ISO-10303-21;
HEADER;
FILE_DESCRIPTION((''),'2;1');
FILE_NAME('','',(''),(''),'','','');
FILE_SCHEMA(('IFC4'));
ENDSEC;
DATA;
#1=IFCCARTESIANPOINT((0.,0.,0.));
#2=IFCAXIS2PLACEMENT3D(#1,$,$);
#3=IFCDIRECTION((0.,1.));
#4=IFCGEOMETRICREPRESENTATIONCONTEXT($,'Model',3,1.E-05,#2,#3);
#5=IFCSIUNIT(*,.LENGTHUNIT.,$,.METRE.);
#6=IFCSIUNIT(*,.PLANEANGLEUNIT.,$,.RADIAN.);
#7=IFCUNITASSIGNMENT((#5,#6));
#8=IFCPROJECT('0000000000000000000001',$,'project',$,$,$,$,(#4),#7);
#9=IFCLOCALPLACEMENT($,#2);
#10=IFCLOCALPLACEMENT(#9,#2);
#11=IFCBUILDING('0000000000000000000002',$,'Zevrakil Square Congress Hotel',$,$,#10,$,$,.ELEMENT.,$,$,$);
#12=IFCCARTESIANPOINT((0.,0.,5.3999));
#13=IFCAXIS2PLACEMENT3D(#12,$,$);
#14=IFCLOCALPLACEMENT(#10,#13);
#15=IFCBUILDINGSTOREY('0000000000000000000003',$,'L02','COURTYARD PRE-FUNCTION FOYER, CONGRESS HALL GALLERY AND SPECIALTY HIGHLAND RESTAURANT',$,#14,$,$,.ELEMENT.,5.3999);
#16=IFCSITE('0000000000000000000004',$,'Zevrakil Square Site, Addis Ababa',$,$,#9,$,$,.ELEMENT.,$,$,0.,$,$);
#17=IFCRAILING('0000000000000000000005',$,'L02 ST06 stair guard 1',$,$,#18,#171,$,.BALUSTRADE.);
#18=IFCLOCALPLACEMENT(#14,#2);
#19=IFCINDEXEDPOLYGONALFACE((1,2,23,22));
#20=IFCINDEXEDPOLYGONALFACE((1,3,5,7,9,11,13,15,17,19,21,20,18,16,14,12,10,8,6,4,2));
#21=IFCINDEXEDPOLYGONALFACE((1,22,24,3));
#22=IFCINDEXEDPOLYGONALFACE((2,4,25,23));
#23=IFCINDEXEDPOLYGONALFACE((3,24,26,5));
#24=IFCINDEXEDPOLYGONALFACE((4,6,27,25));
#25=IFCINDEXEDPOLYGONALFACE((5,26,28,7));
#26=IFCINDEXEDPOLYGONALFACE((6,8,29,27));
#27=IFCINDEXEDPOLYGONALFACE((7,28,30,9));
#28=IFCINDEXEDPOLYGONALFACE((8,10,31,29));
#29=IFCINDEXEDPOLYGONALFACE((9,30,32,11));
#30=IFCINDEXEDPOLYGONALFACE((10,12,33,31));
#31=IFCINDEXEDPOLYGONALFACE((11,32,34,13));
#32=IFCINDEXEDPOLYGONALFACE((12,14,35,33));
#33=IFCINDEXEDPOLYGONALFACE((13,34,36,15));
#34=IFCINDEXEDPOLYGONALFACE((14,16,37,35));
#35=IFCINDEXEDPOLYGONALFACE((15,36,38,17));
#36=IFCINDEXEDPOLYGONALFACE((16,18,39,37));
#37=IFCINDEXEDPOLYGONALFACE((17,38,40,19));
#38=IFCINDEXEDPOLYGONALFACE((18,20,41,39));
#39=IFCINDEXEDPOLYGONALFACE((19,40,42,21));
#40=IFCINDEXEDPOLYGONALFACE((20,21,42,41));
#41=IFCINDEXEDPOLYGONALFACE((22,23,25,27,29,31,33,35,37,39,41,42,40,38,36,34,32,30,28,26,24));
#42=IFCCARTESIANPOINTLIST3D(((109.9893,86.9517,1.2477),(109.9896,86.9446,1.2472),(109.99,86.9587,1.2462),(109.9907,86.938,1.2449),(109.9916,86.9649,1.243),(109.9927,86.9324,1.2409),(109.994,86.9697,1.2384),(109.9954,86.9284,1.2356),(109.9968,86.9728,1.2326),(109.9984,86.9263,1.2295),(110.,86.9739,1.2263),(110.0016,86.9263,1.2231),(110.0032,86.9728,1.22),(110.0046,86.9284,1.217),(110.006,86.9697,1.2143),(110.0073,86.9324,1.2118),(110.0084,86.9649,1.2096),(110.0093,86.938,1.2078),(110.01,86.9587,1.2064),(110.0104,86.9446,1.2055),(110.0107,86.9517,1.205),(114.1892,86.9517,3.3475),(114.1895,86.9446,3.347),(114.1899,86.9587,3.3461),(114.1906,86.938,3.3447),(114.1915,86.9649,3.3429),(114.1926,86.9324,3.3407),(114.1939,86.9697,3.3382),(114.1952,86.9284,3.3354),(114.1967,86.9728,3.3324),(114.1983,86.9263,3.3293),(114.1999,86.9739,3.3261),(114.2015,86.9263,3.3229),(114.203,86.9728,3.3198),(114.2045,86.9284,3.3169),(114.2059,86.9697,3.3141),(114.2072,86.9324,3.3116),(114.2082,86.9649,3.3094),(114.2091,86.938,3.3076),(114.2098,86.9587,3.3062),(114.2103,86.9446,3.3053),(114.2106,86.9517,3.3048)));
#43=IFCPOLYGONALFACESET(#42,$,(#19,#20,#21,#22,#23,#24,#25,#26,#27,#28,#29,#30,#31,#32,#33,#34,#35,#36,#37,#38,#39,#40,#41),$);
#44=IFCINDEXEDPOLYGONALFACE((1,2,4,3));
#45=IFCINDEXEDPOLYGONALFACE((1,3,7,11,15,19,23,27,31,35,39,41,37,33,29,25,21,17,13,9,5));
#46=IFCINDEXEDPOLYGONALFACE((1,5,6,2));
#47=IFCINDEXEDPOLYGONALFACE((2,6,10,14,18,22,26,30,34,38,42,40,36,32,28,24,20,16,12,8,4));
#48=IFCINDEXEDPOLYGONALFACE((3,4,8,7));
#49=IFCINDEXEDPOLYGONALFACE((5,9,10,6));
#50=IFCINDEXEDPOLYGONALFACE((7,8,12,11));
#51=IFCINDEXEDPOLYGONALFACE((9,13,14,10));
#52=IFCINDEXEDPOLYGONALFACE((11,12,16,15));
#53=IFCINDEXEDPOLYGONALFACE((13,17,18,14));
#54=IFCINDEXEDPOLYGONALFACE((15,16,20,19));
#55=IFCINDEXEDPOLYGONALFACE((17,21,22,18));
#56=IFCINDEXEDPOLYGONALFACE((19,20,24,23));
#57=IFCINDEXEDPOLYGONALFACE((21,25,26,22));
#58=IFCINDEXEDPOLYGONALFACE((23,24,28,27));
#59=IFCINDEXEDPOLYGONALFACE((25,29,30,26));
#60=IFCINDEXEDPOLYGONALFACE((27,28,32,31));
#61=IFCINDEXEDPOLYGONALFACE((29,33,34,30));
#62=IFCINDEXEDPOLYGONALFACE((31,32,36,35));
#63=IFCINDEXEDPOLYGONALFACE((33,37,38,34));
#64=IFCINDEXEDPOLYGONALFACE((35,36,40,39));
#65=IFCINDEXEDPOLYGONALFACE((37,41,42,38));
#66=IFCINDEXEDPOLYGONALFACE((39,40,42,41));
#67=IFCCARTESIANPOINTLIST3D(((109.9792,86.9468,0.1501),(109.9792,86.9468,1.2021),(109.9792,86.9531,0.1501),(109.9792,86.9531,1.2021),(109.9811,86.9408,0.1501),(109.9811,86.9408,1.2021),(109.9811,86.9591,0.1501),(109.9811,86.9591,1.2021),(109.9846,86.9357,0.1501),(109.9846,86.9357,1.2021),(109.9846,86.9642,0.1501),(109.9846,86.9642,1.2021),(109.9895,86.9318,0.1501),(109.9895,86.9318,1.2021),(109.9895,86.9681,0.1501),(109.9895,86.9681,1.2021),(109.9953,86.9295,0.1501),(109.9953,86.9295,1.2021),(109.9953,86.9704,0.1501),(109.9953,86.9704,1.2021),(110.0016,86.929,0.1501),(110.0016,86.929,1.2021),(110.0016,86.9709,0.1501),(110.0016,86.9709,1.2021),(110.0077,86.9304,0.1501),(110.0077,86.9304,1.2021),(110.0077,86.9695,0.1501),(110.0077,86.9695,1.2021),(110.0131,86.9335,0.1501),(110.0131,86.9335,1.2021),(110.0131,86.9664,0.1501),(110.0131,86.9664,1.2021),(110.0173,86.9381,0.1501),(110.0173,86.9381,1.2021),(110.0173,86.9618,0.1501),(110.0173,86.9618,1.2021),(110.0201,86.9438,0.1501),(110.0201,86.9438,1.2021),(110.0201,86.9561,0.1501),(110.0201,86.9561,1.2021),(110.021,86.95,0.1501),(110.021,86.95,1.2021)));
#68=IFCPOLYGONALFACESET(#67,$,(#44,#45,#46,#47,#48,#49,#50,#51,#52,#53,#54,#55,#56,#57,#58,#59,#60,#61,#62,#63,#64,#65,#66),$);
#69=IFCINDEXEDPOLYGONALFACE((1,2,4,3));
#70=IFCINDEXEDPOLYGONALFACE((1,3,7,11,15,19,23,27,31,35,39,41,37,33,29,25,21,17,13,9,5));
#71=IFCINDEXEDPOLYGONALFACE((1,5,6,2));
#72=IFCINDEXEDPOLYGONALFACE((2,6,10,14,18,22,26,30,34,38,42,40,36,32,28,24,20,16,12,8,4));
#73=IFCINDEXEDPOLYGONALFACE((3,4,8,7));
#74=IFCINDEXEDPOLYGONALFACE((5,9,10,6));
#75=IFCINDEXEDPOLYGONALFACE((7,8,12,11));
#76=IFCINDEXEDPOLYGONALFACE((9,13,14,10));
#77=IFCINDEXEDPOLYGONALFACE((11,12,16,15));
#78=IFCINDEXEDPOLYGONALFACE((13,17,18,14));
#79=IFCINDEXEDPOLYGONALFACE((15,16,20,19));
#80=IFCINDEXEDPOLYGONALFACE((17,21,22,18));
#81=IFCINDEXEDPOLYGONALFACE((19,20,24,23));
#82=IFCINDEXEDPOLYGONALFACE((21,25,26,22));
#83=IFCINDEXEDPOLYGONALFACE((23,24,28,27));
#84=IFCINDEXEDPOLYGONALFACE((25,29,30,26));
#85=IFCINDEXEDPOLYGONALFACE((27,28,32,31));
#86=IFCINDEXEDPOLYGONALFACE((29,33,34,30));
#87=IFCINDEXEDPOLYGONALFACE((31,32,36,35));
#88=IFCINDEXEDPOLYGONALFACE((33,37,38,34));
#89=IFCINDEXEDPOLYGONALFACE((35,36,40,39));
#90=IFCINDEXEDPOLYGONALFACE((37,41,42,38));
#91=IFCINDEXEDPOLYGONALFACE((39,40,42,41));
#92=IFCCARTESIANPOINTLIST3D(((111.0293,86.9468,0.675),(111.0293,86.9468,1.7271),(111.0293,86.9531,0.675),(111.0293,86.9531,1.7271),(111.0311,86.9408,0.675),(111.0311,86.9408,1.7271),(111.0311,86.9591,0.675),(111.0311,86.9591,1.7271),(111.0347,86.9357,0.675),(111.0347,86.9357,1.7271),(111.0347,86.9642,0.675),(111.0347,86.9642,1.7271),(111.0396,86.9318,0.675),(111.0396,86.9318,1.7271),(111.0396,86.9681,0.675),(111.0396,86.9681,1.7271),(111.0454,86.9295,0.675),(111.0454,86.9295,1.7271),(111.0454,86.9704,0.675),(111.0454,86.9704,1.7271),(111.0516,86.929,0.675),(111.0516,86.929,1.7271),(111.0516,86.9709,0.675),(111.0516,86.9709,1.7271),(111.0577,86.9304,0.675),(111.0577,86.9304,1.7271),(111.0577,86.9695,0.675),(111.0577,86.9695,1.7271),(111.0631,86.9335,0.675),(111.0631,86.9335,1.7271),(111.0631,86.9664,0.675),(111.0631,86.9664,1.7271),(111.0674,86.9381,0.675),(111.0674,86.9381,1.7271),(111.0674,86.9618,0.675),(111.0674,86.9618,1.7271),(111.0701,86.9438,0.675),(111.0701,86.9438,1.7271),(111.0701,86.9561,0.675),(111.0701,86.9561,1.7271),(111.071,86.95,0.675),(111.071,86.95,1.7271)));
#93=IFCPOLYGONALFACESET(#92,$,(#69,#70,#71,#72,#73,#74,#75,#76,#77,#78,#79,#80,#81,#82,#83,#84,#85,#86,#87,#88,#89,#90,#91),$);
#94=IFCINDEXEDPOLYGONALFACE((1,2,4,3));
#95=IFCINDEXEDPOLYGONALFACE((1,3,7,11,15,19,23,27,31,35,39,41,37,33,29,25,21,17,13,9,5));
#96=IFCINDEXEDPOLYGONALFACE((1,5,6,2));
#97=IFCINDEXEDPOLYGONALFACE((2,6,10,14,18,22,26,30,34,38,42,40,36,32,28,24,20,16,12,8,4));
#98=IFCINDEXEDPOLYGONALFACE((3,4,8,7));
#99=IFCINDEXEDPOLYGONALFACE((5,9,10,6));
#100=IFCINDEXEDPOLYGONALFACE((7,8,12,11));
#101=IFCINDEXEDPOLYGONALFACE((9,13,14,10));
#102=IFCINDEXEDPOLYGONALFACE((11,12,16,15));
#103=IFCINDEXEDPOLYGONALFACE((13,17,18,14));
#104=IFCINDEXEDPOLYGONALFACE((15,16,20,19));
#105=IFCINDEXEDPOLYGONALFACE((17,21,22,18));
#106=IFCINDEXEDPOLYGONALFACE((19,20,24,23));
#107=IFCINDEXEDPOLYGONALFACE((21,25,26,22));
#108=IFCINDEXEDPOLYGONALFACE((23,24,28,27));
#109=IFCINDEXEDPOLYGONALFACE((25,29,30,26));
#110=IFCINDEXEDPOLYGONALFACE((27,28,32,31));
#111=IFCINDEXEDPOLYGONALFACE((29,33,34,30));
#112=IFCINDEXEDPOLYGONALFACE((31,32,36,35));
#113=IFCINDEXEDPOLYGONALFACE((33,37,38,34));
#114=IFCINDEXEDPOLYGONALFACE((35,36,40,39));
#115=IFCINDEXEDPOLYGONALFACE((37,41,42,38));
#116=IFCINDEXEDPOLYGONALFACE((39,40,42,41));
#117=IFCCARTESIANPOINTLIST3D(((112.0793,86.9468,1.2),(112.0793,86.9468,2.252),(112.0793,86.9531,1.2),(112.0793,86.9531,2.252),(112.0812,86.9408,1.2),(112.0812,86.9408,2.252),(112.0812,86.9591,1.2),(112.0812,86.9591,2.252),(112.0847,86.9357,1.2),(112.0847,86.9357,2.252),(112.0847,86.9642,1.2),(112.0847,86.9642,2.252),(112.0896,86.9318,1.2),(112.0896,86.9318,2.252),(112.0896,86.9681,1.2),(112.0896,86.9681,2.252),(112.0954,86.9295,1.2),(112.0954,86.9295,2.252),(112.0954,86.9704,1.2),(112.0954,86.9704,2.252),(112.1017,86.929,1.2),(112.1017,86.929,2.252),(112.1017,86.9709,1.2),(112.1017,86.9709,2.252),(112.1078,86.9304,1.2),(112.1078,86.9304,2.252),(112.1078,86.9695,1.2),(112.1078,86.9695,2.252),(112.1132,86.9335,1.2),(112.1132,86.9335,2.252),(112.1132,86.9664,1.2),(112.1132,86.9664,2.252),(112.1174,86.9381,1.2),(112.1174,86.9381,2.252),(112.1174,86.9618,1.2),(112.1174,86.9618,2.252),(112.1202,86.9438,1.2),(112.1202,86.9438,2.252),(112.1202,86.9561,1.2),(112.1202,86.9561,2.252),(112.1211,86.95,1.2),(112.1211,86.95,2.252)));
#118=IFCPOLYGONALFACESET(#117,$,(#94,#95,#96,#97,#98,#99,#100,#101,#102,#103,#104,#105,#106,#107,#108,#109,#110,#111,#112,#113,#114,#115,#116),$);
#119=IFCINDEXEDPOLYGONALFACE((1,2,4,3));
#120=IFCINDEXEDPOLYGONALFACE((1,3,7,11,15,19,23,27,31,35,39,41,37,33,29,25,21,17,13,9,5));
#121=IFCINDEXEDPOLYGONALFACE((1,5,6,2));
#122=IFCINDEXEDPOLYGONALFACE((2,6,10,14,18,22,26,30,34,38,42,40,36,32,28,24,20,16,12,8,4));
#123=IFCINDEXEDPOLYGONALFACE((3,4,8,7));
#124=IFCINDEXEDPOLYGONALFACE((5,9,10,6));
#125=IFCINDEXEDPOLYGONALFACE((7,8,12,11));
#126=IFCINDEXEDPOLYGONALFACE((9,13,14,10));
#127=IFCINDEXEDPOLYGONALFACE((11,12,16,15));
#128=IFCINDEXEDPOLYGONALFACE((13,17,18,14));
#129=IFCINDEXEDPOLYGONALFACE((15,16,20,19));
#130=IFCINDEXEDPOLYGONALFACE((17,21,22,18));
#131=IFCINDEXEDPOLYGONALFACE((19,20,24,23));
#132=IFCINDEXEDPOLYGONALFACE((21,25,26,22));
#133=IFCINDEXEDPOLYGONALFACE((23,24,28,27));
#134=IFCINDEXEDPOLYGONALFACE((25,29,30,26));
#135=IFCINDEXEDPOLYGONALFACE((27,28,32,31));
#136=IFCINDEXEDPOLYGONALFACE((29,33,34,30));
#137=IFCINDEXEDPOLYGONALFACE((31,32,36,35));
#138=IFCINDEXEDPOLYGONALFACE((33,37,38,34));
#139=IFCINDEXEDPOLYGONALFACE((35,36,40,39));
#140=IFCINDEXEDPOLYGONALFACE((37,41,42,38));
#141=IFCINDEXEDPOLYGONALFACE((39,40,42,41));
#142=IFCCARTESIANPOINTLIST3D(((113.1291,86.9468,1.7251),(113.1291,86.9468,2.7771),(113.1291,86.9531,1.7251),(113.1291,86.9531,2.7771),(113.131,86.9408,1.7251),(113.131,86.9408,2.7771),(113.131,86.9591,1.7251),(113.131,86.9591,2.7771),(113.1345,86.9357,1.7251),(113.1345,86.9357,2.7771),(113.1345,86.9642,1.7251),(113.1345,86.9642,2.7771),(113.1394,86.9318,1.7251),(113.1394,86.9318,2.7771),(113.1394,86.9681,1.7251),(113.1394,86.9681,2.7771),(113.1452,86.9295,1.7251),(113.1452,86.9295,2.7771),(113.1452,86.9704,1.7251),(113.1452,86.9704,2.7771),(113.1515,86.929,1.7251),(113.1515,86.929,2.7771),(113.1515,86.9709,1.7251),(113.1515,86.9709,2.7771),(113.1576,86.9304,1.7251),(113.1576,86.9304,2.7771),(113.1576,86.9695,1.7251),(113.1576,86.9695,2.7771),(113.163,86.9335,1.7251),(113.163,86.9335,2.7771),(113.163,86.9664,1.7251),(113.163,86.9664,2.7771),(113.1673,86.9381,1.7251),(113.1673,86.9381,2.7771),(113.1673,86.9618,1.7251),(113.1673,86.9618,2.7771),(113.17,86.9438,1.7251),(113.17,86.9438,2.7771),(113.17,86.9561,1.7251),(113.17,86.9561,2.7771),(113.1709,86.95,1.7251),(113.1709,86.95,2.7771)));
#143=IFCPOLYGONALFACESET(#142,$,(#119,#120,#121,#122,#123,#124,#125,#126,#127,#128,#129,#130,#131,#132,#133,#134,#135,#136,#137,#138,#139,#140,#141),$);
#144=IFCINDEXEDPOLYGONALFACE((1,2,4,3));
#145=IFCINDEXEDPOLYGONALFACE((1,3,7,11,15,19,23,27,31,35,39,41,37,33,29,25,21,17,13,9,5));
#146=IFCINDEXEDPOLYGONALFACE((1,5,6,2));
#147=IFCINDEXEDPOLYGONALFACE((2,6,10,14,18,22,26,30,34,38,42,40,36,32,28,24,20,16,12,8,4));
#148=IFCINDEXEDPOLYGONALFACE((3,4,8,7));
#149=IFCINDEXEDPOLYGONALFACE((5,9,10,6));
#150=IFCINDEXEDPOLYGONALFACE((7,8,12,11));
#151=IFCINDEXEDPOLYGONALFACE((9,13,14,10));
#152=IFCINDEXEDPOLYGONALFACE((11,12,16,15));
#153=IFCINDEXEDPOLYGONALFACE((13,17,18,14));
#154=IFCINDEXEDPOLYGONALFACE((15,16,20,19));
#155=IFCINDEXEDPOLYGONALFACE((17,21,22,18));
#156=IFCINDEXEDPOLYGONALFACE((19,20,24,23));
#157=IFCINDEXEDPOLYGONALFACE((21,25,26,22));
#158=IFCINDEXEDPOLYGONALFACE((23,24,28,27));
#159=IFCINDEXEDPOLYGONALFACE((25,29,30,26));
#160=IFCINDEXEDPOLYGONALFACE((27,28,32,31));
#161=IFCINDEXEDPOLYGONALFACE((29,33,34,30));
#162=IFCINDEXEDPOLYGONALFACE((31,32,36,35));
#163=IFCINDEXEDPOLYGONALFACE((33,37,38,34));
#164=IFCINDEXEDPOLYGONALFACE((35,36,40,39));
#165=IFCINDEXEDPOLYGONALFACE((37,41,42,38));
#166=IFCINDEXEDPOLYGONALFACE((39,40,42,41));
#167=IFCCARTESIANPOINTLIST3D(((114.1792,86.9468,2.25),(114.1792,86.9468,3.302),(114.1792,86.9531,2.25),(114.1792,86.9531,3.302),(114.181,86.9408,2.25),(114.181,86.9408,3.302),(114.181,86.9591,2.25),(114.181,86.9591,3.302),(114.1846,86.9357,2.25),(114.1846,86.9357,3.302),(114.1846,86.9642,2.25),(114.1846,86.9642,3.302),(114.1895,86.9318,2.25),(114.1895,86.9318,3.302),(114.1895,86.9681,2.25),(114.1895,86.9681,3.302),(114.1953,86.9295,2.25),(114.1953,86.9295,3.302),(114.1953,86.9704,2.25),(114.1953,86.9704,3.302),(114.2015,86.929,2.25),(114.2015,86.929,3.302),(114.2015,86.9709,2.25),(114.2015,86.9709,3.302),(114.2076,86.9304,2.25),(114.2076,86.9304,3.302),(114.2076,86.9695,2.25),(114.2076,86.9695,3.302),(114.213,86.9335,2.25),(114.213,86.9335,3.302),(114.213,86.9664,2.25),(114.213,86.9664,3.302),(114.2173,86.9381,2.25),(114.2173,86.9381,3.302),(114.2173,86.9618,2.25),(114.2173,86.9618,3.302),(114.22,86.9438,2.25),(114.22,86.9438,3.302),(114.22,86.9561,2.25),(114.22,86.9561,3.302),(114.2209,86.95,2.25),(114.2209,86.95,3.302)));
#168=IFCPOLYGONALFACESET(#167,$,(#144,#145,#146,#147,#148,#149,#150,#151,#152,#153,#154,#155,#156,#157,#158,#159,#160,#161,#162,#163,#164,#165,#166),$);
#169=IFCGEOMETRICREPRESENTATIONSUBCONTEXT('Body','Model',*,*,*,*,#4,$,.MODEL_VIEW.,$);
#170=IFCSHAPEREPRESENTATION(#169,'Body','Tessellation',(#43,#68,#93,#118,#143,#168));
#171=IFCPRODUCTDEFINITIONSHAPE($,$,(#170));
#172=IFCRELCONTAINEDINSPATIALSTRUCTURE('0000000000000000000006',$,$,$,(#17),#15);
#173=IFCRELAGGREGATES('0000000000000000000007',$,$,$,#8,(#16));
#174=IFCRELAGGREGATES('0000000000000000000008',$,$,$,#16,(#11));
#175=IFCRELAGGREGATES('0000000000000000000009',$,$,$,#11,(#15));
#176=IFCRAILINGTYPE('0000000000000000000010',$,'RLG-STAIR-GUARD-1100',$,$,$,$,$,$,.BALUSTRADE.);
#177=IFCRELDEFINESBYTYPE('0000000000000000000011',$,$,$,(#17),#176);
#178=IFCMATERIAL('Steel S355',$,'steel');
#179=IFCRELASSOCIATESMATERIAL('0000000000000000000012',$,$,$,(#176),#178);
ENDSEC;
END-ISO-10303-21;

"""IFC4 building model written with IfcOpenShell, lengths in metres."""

from ifc_helpers import new_model, si_unit, direction, frame, origin, origin_2d, place, context, subcontext, project, spatial, circle, extrude, material, type_object, element, save


model = new_model("IFC4")

# Units and contexts
model_context = context("Model", 3, precision=1e-05, world=origin(), true_north=direction((0.0, 1.0)))
body_context = subcontext(model_context, "Body", "Model", "MODEL_VIEW")
ifc_project = project(units=[si_unit("LENGTHUNIT", "METRE"), si_unit("PLANEANGLEUNIT", "RADIAN")], contexts=[model_context])

# Site, building, storey
site_placement = place(None, origin())
site = spatial("IfcSite", under=ifc_project, at=site_placement, Name="Zevrakil Square Site, Addis Ababa", CompositionType="ELEMENT", RefElevation=0.0)
building_placement = place(site_placement, origin())
building = spatial("IfcBuilding", under=site, at=building_placement, Name="Zevrakil Square Congress Hotel", CompositionType="ELEMENT")
storey_placement = place(building_placement, frame((0.0, 0.0, 5.3999)))
storey = spatial("IfcBuildingStorey", under=building, at=storey_placement, Name="L02", Description="COURTYARD PRE-FUNCTION FOYER, CONGRESS HALL GALLERY AND SPECIALTY HIGHLAND RESTAURANT", CompositionType="ELEMENT", Elevation=5.3999)

# Railing
ifc_material_1 = material(Name="Steel S355", Category="steel")
railing_type_1 = type_object("IfcRailingType", Name="RLG-STAIR-GUARD-1100", PredefinedType="BALUSTRADE", material=ifc_material_1)
railing_1_placement = place(storey_placement, frame((110.0, 86.95, 0.1501)))
element("IfcRailing", 1, at=railing_1_placement, inside=storey, type_object=railing_type_1, Name="L02 ST06 stair guard 1", PredefinedType="BALUSTRADE", context=body_context, shape_type="SweptSolid", body=[
    extrude(circle(Radius=0.0239, at=origin_2d()), frame((0.0, 0.0, 1.0762), z_axis=(0.894438, 0.0, 0.447193), x_axis=(0.0, 1.0, 0.0)), (0.0, 0.0, 1.0), 4.6956),
    extrude(circle(Radius=0.021, at=origin_2d()), origin(), (0.0, 0.0, 1.0), 1.052),
    extrude(circle(Radius=0.021, at=origin_2d()), frame((1.05, 0.0, 0.5249)), (0.0, 0.0, 1.0), 1.052),
    extrude(circle(Radius=0.021, at=origin_2d()), frame((2.1001, 0.0, 1.0498)), (0.0, 0.0, 1.0), 1.052),
    extrude(circle(Radius=0.021, at=origin_2d()), frame((3.1499, 0.0, 1.575)), (0.0, 0.0, 1.0), 1.052),
    extrude(circle(Radius=0.021, at=origin_2d()), frame((4.2, 0.0, 2.0999)), (0.0, 0.0, 1.0), 1.052),
])

save(model, "model.ifc")
